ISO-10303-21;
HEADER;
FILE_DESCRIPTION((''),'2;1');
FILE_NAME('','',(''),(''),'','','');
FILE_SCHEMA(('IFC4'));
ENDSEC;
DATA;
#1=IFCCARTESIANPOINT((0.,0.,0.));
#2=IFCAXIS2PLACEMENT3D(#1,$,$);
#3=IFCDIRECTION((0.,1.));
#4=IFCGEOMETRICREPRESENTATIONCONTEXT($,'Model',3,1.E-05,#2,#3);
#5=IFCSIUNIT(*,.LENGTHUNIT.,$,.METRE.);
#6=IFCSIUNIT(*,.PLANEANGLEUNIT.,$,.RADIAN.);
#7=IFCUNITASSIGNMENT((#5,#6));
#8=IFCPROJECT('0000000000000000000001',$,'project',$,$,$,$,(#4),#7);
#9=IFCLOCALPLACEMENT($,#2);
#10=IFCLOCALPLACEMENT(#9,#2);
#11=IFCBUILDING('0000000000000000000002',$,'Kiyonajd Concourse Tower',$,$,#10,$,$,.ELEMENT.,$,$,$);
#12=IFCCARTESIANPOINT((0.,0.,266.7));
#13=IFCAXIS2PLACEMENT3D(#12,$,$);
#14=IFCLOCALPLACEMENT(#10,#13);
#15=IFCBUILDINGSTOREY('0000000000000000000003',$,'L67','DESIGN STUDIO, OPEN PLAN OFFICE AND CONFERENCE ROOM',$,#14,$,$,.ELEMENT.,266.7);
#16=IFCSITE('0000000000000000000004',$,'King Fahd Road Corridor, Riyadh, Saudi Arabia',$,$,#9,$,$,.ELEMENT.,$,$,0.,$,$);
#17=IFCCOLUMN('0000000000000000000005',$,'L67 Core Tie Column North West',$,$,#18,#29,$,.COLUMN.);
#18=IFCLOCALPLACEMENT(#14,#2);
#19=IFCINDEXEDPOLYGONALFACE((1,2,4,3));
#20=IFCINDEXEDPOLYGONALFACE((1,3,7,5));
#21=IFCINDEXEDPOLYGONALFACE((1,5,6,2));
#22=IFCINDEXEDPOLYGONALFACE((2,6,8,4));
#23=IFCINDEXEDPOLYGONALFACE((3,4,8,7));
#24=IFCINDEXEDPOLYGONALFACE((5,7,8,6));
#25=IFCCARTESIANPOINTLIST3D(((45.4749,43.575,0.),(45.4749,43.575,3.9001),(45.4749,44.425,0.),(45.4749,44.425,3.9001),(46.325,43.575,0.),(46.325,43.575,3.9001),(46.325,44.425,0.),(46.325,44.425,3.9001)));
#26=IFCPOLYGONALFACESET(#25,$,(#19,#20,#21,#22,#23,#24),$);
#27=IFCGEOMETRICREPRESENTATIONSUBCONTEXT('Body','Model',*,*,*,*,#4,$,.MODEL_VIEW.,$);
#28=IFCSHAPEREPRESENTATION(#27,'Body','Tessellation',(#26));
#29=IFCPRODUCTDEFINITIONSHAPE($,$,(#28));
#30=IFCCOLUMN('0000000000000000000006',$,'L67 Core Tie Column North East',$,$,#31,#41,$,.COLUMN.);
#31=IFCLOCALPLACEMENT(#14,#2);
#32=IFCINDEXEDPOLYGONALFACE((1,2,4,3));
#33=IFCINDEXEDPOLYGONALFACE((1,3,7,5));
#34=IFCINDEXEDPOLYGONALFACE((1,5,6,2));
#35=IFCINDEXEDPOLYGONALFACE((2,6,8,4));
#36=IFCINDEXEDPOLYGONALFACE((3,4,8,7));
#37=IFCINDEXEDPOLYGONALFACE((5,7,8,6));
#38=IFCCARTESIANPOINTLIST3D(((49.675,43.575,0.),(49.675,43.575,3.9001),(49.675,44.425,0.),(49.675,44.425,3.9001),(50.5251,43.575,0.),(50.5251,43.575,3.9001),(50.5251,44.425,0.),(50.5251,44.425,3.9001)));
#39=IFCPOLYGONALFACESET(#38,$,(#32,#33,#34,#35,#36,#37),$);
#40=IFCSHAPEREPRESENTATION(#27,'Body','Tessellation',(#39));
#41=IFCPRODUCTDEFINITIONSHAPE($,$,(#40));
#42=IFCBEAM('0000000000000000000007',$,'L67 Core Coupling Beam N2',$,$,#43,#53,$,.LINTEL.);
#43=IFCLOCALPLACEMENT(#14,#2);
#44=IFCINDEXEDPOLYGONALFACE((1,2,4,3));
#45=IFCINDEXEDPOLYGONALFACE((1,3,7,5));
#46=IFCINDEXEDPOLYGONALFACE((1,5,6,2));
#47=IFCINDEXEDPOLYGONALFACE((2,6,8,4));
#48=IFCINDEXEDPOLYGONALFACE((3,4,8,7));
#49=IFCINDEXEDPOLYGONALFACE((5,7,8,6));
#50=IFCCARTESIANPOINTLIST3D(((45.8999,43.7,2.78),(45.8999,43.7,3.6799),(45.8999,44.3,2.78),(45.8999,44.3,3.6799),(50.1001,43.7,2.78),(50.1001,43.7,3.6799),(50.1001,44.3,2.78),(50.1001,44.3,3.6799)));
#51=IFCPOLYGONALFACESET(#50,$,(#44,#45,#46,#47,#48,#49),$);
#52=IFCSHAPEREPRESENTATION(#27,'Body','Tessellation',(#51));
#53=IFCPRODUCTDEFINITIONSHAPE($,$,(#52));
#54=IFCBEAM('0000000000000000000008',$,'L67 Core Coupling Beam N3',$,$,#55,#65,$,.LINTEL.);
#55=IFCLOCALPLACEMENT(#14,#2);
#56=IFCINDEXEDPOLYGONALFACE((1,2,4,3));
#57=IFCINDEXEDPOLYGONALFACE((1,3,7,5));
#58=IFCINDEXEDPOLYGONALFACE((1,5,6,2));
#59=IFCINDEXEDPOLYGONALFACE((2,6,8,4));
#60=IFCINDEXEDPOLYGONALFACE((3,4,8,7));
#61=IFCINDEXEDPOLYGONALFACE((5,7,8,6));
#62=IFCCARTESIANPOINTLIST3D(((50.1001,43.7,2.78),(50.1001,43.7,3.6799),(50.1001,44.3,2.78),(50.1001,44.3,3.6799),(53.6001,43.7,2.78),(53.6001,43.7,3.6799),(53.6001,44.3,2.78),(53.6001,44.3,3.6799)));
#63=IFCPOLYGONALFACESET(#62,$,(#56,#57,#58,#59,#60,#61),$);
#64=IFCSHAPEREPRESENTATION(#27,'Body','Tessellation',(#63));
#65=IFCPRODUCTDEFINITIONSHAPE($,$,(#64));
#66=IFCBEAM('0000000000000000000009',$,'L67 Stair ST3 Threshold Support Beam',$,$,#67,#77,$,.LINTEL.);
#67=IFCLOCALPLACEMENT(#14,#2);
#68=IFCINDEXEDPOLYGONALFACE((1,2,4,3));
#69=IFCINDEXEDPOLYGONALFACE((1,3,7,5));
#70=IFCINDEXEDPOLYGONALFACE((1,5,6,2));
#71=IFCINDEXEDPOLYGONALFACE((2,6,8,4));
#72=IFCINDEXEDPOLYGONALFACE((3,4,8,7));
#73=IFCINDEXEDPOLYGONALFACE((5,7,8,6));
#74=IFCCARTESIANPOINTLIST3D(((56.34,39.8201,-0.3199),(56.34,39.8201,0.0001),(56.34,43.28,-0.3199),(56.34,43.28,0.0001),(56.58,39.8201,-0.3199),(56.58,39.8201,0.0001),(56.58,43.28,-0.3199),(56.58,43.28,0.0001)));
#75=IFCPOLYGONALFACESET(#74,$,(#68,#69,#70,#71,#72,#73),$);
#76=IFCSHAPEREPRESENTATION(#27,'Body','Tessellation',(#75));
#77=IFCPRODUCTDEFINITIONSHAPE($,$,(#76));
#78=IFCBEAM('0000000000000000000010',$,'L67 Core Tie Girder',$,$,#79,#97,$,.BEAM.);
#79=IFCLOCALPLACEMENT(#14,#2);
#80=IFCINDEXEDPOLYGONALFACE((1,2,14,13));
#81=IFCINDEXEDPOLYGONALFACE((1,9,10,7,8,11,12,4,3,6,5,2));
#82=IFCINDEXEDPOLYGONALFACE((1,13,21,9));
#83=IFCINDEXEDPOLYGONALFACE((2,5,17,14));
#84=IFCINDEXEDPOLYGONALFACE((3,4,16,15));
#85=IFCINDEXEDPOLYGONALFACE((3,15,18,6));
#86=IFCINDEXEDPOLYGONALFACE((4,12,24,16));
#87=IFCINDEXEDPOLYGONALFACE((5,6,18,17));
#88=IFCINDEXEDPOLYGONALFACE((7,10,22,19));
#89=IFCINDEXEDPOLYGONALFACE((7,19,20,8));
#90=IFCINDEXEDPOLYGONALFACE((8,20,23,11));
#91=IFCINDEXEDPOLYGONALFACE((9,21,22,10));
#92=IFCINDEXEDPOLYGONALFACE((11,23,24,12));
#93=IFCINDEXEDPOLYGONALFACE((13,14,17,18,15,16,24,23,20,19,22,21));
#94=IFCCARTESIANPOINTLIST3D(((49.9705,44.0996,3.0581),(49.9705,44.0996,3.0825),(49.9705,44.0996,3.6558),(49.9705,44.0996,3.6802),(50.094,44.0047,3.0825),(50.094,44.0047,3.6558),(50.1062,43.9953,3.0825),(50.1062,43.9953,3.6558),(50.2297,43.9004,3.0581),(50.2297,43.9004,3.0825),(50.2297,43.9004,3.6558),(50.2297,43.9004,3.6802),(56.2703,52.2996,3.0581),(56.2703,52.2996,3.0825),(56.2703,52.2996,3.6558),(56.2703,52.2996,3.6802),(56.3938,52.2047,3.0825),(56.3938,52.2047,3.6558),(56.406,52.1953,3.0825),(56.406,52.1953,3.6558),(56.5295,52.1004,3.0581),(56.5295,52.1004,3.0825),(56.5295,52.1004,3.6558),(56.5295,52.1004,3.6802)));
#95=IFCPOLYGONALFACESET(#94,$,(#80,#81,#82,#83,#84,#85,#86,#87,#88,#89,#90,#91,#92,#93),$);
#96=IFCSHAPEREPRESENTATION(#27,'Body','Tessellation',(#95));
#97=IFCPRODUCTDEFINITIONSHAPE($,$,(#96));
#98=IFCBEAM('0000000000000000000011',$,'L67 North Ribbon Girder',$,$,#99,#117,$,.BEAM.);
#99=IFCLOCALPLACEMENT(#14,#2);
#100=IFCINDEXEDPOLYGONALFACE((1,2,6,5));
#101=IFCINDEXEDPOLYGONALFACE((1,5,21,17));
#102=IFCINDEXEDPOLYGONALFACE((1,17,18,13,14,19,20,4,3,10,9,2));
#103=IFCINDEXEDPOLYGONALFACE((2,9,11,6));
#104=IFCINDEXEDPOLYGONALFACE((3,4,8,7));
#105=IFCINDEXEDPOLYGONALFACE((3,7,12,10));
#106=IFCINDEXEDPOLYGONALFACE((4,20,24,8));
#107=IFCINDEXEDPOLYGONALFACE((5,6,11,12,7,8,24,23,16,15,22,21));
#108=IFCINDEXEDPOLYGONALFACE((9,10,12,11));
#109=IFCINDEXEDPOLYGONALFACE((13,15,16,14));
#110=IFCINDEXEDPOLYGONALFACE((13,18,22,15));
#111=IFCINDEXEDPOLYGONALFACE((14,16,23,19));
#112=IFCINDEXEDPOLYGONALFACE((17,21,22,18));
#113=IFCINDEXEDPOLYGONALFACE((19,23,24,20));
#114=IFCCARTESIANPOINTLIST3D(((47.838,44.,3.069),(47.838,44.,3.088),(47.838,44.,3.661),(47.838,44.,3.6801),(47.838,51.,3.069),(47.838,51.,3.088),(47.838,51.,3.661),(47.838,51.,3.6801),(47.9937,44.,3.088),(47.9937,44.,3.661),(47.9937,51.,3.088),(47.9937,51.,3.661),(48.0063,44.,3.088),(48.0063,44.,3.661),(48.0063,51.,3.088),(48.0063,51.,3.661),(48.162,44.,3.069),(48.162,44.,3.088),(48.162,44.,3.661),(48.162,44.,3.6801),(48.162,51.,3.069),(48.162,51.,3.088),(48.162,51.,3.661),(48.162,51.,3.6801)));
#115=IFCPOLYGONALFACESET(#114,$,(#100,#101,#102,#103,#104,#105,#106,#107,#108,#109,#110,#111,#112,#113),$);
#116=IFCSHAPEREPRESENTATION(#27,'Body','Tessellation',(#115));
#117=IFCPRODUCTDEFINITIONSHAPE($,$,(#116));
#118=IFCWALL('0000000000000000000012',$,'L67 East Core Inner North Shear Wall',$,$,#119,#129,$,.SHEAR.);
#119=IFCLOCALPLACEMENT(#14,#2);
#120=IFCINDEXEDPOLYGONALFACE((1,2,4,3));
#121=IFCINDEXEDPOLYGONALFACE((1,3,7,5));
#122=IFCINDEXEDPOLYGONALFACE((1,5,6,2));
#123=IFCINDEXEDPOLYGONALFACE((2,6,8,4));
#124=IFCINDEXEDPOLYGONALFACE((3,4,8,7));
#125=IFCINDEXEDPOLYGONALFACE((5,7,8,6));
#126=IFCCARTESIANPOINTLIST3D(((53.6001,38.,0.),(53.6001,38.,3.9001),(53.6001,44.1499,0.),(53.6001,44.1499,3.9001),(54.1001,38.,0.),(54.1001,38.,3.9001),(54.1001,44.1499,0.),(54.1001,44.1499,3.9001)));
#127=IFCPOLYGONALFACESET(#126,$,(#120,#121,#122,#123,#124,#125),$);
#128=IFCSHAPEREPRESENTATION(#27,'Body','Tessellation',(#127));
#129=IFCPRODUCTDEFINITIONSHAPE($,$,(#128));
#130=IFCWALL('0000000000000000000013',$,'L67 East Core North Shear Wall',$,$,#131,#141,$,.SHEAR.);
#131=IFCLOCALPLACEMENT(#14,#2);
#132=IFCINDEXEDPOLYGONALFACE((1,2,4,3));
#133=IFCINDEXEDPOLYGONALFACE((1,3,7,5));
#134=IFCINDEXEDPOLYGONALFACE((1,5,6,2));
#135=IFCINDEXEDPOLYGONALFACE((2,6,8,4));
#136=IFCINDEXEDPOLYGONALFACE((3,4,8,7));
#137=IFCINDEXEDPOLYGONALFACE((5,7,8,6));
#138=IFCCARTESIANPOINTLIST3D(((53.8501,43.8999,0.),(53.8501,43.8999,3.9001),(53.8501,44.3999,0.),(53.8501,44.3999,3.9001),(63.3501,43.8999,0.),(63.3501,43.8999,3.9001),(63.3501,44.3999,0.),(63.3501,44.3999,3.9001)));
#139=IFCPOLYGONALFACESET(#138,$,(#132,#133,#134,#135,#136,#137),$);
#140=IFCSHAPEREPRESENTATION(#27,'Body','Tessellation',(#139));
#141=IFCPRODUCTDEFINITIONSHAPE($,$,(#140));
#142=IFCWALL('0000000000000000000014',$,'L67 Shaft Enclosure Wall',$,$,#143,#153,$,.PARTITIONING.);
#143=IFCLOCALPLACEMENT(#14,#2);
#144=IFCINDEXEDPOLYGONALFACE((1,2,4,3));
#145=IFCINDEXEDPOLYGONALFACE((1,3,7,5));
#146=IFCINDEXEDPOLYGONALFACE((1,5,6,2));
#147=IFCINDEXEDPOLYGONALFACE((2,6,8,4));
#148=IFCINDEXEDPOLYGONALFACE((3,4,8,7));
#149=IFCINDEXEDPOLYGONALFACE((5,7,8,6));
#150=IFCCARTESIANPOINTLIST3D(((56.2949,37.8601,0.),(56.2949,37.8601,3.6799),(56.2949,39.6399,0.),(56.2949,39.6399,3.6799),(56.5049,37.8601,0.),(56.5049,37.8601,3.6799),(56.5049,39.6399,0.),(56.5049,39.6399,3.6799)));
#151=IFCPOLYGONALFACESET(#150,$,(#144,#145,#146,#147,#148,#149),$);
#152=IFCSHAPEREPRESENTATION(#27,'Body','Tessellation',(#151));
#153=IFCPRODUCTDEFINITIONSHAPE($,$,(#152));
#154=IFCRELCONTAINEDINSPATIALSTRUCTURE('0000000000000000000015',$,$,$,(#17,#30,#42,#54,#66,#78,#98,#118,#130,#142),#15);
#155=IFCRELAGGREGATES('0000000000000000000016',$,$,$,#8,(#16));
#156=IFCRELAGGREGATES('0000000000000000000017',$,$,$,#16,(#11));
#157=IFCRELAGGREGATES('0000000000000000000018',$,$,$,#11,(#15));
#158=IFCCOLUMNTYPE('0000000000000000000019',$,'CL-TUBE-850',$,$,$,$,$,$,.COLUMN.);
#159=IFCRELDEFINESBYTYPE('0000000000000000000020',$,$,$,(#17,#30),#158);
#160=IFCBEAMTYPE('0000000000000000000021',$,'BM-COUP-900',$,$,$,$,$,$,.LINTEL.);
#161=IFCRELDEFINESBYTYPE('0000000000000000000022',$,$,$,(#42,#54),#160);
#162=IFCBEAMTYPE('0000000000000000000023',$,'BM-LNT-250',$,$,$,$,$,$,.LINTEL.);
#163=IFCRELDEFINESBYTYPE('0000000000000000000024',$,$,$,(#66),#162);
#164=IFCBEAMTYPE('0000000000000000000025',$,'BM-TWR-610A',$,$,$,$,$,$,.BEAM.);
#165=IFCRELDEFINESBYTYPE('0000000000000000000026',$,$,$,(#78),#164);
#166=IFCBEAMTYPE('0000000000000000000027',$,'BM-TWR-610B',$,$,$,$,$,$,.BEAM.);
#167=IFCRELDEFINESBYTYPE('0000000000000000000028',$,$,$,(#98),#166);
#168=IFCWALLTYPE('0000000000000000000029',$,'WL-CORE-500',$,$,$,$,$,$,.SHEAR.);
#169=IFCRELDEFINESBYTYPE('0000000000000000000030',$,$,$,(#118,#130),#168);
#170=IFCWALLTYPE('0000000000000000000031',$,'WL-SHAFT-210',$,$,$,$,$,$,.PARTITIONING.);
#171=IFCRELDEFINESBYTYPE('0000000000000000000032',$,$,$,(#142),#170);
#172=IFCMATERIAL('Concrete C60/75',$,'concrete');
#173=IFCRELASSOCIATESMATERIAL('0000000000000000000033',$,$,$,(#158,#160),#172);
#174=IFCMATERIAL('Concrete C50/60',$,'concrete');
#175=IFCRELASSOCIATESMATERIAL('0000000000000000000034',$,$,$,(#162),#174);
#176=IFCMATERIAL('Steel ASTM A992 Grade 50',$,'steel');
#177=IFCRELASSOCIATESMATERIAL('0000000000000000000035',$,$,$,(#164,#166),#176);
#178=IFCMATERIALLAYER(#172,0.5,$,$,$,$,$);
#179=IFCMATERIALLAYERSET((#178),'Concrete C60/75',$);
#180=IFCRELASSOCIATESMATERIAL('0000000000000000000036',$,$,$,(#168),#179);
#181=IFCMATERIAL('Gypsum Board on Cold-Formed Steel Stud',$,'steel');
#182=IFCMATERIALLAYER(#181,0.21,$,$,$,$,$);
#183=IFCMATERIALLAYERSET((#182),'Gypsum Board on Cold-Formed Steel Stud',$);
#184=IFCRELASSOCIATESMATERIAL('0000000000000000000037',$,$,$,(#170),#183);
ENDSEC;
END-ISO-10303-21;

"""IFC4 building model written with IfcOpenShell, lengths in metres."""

from ifc_helpers import new_model, si_unit, direction, frame, frame_2d, origin, origin_2d, place, context, subcontext, project, spatial, rectangle, i_section, extrude, material, layer, layer_set, material_profile, profile_set, type_object, element, save


model = new_model("IFC4")

# Units and contexts
model_context = context("Model", 3, precision=1e-05, world=origin(), true_north=direction((0.0, 1.0)))
body_context = subcontext(model_context, "Body", "Model", "MODEL_VIEW")
ifc_project = project(units=[si_unit("LENGTHUNIT", "METRE"), si_unit("PLANEANGLEUNIT", "RADIAN")], contexts=[model_context])

# Site, building, storey
site_placement = place(None, origin())
site = spatial("IfcSite", under=ifc_project, at=site_placement, Name="King Fahd Road Corridor, Riyadh, Saudi Arabia", CompositionType="ELEMENT", RefElevation=0.0)
building_placement = place(site_placement, origin())
building = spatial("IfcBuilding", under=site, at=building_placement, Name="Kiyonajd Concourse Tower", CompositionType="ELEMENT")
storey_placement = place(building_placement, frame((0.0, 0.0, 266.7)))
storey = spatial("IfcBuildingStorey", under=building, at=storey_placement, Name="L67", Description="DESIGN STUDIO, OPEN PLAN OFFICE AND CONFERENCE ROOM", CompositionType="ELEMENT", Elevation=266.7)

# Columns
ifc_material_1 = material(Name="Concrete C60/75", Category="concrete")
ifc_material_profile_1 = material_profile(ifc_material_1, rectangle(XDim=0.8501, YDim=0.8501, at=origin_2d()), Name="RC-850x850")
ifc_profile_set_1 = profile_set([ifc_material_profile_1], Name="Concrete C60/75")
column_type = type_object("IfcColumnType", Name="CL-TUBE-850", PredefinedType="COLUMN", material=ifc_profile_set_1)
for number, where, z_axis, x_axis, name in (
    (1, (45.8999, 44.0, 0.0), (0.0, 0.0, 1.0), (1.0, 0.0, 0.0), "L67 Core Tie Column North West"),
    (2, (50.1001, 44.0, 0.0), (0.0, 0.0, 1.0), (1.0, 0.0, 0.0), "L67 Core Tie Column North East"),
):
    element("IfcColumn", number, at=place(storey_placement, frame(where, z_axis=z_axis, x_axis=x_axis)), inside=storey, type_object=column_type, Name=name, PredefinedType="COLUMN", context=body_context, shape_type="SweptSolid", body=[
        extrude(rectangle(XDim=0.8501, YDim=0.8501, at=origin_2d()), origin(), (0.0, 0.0, 1.0), 3.9001),
    ])

# Beams
ifc_material_profile_2 = material_profile(ifc_material_1, rectangle(XDim=0.6001, YDim=0.8999, at=origin_2d()), Name="RCBM-600x900")
ifc_profile_set_2 = profile_set([ifc_material_profile_2], Name="Concrete C60/75")
beam_type_1 = type_object("IfcBeamType", Name="BM-COUP-900", PredefinedType="LINTEL", material=ifc_profile_set_2)
beam_1_placement = place(storey_placement, frame((45.8999, 44.0, 3.23), z_axis=(1.0, 0.0, 0.0), x_axis=(0.0, 1.0, 0.0)))
element("IfcBeam", 3, at=beam_1_placement, inside=storey, type_object=beam_type_1, Name="L67 Core Coupling Beam N2", PredefinedType="LINTEL", context=body_context, shape_type="SweptSolid", body=[
    extrude(rectangle(XDim=0.6001, YDim=0.8999, at=origin_2d()), origin(), (0.0, 0.0, 1.0), 4.2002),
])
beam_2_placement = place(storey_placement, frame((50.1001, 44.0, 3.23), z_axis=(1.0, 0.0, 0.0), x_axis=(0.0, 1.0, 0.0)))
element("IfcBeam", 4, at=beam_2_placement, inside=storey, type_object=beam_type_1, Name="L67 Core Coupling Beam N3", PredefinedType="LINTEL", context=body_context, shape_type="SweptSolid", body=[
    extrude(rectangle(XDim=0.6001, YDim=0.8999, at=origin_2d()), origin(), (0.0, 0.0, 1.0), 3.5),
])
ifc_material_2 = material(Name="Concrete C50/60", Category="concrete")
ifc_material_profile_3 = material_profile(ifc_material_2, rectangle(XDim=0.24, YDim=0.3201, at=origin_2d()), Name="RCBM-240x320")
ifc_profile_set_3 = profile_set([ifc_material_profile_3], Name="Concrete C50/60")
beam_type_2 = type_object("IfcBeamType", Name="BM-LNT-250", PredefinedType="LINTEL", material=ifc_profile_set_3)
beam_3_placement = place(storey_placement, frame((56.46, 39.8201, -0.1599), z_axis=(0.0, 1.0, 0.0), x_axis=(-1.0, 0.0, 0.0)))
element("IfcBeam", 5, at=beam_3_placement, inside=storey, type_object=beam_type_2, Name="L67 Stair ST3 Threshold Support Beam", PredefinedType="LINTEL", context=body_context, shape_type="SweptSolid", body=[
    extrude(rectangle(XDim=0.24, YDim=0.3201, at=origin_2d()), origin(), (0.0, 0.0, 1.0), 3.46),
])
ifc_material_3 = material(Name="Steel ASTM A992 Grade 50", Category="steel")
ifc_material_profile_4 = material_profile(ifc_material_3, i_section(OverallWidth=0.3269, OverallDepth=0.6221, WebThickness=0.0154, FlangeThickness=0.0244, at=origin_2d()), Name="W610X195")
ifc_profile_set_4 = profile_set([ifc_material_profile_4], Name="Steel ASTM A992 Grade 50")
beam_type_3 = type_object("IfcBeamType", Name="BM-TWR-610A", PredefinedType="BEAM", material=ifc_profile_set_4)
beam_4_placement = place(storey_placement, frame((50.1001, 44.0, 3.3691), z_axis=(0.609234, 0.792991, 0.0), x_axis=(-0.792991, 0.609234, 0.0)))
element("IfcBeam", 6, at=beam_4_placement, inside=storey, type_object=beam_type_3, Name="L67 Core Tie Girder", PredefinedType="BEAM", context=body_context, shape_type="SweptSolid", body=[
    extrude(i_section(OverallWidth=0.3269, OverallDepth=0.6221, WebThickness=0.0154, FlangeThickness=0.0244, at=origin_2d()), origin(), (0.0, 0.0, 1.0), 10.3406),
])
ifc_material_profile_5 = material_profile(ifc_material_3, i_section(OverallWidth=0.324, OverallDepth=0.6111, WebThickness=0.0127, FlangeThickness=0.019, at=origin_2d()), Name="W610X155")
ifc_profile_set_5 = profile_set([ifc_material_profile_5], Name="Steel ASTM A992 Grade 50")
beam_type_4 = type_object("IfcBeamType", Name="BM-TWR-610B", PredefinedType="BEAM", material=ifc_profile_set_5)
beam_5_placement = place(storey_placement, frame((48.0, 44.0, 3.3745), z_axis=(0.0, 1.0, 0.0), x_axis=(-1.0, 0.0, 0.0)))
element("IfcBeam", 7, at=beam_5_placement, inside=storey, type_object=beam_type_4, Name="L67 North Ribbon Girder", PredefinedType="BEAM", context=body_context, shape_type="SweptSolid", body=[
    extrude(i_section(OverallWidth=0.324, OverallDepth=0.6111, WebThickness=0.0127, FlangeThickness=0.019, at=origin_2d()), origin(), (0.0, 0.0, 1.0), 7.0),
])

# Walls
ifc_layer_1 = layer(ifc_material_1, 0.5)
ifc_layer_set_1 = layer_set([ifc_layer_1], Name="Concrete C60/75")
wall_type_1 = type_object("IfcWallType", Name="WL-CORE-500", PredefinedType="SHEAR", material=ifc_layer_set_1)
wall_1_placement = place(storey_placement, frame((53.8501, 38.0, 0.0), z_axis=(0.0, 0.0, 1.0), x_axis=(0.0, 1.0, 0.0)))
element("IfcWall", 8, at=wall_1_placement, inside=storey, type_object=wall_type_1, Name="L67 East Core Inner North Shear Wall", PredefinedType="SHEAR", context=body_context, shape_type="SweptSolid", body=[
    extrude(rectangle(XDim=6.1499, YDim=0.5, at=frame_2d((3.075, 0.0))), origin(), (0.0, 0.0, 1.0), 3.9001),
])
wall_2_placement = place(storey_placement, frame((53.8501, 44.1499, 0.0), z_axis=(0.0, 0.0, 1.0), x_axis=(1.0, 0.0, 0.0)))
element("IfcWall", 9, at=wall_2_placement, inside=storey, type_object=wall_type_1, Name="L67 East Core North Shear Wall", PredefinedType="SHEAR", context=body_context, shape_type="SweptSolid", body=[
    extrude(rectangle(XDim=9.5, YDim=0.5, at=frame_2d((4.75, 0.0))), origin(), (0.0, 0.0, 1.0), 3.9001),
])
ifc_material_4 = material(Name="Gypsum Board on Cold-Formed Steel Stud", Category="steel")
ifc_layer_2 = layer(ifc_material_4, 0.21)
ifc_layer_set_2 = layer_set([ifc_layer_2], Name="Gypsum Board on Cold-Formed Steel Stud")
wall_type_2 = type_object("IfcWallType", Name="WL-SHAFT-210", PredefinedType="PARTITIONING", material=ifc_layer_set_2)
wall_3_placement = place(storey_placement, frame((56.3999, 37.8601, 0.0), z_axis=(0.0, 0.0, 1.0), x_axis=(0.0, 1.0, 0.0)))
element("IfcWall", 10, at=wall_3_placement, inside=storey, type_object=wall_type_2, Name="L67 Shaft Enclosure Wall", PredefinedType="PARTITIONING", context=body_context, shape_type="SweptSolid", body=[
    extrude(rectangle(XDim=1.7798, YDim=0.21, at=frame_2d((0.8899, 0.0))), origin(), (0.0, 0.0, 1.0), 3.6799),
])

save(model, "model.ifc")
